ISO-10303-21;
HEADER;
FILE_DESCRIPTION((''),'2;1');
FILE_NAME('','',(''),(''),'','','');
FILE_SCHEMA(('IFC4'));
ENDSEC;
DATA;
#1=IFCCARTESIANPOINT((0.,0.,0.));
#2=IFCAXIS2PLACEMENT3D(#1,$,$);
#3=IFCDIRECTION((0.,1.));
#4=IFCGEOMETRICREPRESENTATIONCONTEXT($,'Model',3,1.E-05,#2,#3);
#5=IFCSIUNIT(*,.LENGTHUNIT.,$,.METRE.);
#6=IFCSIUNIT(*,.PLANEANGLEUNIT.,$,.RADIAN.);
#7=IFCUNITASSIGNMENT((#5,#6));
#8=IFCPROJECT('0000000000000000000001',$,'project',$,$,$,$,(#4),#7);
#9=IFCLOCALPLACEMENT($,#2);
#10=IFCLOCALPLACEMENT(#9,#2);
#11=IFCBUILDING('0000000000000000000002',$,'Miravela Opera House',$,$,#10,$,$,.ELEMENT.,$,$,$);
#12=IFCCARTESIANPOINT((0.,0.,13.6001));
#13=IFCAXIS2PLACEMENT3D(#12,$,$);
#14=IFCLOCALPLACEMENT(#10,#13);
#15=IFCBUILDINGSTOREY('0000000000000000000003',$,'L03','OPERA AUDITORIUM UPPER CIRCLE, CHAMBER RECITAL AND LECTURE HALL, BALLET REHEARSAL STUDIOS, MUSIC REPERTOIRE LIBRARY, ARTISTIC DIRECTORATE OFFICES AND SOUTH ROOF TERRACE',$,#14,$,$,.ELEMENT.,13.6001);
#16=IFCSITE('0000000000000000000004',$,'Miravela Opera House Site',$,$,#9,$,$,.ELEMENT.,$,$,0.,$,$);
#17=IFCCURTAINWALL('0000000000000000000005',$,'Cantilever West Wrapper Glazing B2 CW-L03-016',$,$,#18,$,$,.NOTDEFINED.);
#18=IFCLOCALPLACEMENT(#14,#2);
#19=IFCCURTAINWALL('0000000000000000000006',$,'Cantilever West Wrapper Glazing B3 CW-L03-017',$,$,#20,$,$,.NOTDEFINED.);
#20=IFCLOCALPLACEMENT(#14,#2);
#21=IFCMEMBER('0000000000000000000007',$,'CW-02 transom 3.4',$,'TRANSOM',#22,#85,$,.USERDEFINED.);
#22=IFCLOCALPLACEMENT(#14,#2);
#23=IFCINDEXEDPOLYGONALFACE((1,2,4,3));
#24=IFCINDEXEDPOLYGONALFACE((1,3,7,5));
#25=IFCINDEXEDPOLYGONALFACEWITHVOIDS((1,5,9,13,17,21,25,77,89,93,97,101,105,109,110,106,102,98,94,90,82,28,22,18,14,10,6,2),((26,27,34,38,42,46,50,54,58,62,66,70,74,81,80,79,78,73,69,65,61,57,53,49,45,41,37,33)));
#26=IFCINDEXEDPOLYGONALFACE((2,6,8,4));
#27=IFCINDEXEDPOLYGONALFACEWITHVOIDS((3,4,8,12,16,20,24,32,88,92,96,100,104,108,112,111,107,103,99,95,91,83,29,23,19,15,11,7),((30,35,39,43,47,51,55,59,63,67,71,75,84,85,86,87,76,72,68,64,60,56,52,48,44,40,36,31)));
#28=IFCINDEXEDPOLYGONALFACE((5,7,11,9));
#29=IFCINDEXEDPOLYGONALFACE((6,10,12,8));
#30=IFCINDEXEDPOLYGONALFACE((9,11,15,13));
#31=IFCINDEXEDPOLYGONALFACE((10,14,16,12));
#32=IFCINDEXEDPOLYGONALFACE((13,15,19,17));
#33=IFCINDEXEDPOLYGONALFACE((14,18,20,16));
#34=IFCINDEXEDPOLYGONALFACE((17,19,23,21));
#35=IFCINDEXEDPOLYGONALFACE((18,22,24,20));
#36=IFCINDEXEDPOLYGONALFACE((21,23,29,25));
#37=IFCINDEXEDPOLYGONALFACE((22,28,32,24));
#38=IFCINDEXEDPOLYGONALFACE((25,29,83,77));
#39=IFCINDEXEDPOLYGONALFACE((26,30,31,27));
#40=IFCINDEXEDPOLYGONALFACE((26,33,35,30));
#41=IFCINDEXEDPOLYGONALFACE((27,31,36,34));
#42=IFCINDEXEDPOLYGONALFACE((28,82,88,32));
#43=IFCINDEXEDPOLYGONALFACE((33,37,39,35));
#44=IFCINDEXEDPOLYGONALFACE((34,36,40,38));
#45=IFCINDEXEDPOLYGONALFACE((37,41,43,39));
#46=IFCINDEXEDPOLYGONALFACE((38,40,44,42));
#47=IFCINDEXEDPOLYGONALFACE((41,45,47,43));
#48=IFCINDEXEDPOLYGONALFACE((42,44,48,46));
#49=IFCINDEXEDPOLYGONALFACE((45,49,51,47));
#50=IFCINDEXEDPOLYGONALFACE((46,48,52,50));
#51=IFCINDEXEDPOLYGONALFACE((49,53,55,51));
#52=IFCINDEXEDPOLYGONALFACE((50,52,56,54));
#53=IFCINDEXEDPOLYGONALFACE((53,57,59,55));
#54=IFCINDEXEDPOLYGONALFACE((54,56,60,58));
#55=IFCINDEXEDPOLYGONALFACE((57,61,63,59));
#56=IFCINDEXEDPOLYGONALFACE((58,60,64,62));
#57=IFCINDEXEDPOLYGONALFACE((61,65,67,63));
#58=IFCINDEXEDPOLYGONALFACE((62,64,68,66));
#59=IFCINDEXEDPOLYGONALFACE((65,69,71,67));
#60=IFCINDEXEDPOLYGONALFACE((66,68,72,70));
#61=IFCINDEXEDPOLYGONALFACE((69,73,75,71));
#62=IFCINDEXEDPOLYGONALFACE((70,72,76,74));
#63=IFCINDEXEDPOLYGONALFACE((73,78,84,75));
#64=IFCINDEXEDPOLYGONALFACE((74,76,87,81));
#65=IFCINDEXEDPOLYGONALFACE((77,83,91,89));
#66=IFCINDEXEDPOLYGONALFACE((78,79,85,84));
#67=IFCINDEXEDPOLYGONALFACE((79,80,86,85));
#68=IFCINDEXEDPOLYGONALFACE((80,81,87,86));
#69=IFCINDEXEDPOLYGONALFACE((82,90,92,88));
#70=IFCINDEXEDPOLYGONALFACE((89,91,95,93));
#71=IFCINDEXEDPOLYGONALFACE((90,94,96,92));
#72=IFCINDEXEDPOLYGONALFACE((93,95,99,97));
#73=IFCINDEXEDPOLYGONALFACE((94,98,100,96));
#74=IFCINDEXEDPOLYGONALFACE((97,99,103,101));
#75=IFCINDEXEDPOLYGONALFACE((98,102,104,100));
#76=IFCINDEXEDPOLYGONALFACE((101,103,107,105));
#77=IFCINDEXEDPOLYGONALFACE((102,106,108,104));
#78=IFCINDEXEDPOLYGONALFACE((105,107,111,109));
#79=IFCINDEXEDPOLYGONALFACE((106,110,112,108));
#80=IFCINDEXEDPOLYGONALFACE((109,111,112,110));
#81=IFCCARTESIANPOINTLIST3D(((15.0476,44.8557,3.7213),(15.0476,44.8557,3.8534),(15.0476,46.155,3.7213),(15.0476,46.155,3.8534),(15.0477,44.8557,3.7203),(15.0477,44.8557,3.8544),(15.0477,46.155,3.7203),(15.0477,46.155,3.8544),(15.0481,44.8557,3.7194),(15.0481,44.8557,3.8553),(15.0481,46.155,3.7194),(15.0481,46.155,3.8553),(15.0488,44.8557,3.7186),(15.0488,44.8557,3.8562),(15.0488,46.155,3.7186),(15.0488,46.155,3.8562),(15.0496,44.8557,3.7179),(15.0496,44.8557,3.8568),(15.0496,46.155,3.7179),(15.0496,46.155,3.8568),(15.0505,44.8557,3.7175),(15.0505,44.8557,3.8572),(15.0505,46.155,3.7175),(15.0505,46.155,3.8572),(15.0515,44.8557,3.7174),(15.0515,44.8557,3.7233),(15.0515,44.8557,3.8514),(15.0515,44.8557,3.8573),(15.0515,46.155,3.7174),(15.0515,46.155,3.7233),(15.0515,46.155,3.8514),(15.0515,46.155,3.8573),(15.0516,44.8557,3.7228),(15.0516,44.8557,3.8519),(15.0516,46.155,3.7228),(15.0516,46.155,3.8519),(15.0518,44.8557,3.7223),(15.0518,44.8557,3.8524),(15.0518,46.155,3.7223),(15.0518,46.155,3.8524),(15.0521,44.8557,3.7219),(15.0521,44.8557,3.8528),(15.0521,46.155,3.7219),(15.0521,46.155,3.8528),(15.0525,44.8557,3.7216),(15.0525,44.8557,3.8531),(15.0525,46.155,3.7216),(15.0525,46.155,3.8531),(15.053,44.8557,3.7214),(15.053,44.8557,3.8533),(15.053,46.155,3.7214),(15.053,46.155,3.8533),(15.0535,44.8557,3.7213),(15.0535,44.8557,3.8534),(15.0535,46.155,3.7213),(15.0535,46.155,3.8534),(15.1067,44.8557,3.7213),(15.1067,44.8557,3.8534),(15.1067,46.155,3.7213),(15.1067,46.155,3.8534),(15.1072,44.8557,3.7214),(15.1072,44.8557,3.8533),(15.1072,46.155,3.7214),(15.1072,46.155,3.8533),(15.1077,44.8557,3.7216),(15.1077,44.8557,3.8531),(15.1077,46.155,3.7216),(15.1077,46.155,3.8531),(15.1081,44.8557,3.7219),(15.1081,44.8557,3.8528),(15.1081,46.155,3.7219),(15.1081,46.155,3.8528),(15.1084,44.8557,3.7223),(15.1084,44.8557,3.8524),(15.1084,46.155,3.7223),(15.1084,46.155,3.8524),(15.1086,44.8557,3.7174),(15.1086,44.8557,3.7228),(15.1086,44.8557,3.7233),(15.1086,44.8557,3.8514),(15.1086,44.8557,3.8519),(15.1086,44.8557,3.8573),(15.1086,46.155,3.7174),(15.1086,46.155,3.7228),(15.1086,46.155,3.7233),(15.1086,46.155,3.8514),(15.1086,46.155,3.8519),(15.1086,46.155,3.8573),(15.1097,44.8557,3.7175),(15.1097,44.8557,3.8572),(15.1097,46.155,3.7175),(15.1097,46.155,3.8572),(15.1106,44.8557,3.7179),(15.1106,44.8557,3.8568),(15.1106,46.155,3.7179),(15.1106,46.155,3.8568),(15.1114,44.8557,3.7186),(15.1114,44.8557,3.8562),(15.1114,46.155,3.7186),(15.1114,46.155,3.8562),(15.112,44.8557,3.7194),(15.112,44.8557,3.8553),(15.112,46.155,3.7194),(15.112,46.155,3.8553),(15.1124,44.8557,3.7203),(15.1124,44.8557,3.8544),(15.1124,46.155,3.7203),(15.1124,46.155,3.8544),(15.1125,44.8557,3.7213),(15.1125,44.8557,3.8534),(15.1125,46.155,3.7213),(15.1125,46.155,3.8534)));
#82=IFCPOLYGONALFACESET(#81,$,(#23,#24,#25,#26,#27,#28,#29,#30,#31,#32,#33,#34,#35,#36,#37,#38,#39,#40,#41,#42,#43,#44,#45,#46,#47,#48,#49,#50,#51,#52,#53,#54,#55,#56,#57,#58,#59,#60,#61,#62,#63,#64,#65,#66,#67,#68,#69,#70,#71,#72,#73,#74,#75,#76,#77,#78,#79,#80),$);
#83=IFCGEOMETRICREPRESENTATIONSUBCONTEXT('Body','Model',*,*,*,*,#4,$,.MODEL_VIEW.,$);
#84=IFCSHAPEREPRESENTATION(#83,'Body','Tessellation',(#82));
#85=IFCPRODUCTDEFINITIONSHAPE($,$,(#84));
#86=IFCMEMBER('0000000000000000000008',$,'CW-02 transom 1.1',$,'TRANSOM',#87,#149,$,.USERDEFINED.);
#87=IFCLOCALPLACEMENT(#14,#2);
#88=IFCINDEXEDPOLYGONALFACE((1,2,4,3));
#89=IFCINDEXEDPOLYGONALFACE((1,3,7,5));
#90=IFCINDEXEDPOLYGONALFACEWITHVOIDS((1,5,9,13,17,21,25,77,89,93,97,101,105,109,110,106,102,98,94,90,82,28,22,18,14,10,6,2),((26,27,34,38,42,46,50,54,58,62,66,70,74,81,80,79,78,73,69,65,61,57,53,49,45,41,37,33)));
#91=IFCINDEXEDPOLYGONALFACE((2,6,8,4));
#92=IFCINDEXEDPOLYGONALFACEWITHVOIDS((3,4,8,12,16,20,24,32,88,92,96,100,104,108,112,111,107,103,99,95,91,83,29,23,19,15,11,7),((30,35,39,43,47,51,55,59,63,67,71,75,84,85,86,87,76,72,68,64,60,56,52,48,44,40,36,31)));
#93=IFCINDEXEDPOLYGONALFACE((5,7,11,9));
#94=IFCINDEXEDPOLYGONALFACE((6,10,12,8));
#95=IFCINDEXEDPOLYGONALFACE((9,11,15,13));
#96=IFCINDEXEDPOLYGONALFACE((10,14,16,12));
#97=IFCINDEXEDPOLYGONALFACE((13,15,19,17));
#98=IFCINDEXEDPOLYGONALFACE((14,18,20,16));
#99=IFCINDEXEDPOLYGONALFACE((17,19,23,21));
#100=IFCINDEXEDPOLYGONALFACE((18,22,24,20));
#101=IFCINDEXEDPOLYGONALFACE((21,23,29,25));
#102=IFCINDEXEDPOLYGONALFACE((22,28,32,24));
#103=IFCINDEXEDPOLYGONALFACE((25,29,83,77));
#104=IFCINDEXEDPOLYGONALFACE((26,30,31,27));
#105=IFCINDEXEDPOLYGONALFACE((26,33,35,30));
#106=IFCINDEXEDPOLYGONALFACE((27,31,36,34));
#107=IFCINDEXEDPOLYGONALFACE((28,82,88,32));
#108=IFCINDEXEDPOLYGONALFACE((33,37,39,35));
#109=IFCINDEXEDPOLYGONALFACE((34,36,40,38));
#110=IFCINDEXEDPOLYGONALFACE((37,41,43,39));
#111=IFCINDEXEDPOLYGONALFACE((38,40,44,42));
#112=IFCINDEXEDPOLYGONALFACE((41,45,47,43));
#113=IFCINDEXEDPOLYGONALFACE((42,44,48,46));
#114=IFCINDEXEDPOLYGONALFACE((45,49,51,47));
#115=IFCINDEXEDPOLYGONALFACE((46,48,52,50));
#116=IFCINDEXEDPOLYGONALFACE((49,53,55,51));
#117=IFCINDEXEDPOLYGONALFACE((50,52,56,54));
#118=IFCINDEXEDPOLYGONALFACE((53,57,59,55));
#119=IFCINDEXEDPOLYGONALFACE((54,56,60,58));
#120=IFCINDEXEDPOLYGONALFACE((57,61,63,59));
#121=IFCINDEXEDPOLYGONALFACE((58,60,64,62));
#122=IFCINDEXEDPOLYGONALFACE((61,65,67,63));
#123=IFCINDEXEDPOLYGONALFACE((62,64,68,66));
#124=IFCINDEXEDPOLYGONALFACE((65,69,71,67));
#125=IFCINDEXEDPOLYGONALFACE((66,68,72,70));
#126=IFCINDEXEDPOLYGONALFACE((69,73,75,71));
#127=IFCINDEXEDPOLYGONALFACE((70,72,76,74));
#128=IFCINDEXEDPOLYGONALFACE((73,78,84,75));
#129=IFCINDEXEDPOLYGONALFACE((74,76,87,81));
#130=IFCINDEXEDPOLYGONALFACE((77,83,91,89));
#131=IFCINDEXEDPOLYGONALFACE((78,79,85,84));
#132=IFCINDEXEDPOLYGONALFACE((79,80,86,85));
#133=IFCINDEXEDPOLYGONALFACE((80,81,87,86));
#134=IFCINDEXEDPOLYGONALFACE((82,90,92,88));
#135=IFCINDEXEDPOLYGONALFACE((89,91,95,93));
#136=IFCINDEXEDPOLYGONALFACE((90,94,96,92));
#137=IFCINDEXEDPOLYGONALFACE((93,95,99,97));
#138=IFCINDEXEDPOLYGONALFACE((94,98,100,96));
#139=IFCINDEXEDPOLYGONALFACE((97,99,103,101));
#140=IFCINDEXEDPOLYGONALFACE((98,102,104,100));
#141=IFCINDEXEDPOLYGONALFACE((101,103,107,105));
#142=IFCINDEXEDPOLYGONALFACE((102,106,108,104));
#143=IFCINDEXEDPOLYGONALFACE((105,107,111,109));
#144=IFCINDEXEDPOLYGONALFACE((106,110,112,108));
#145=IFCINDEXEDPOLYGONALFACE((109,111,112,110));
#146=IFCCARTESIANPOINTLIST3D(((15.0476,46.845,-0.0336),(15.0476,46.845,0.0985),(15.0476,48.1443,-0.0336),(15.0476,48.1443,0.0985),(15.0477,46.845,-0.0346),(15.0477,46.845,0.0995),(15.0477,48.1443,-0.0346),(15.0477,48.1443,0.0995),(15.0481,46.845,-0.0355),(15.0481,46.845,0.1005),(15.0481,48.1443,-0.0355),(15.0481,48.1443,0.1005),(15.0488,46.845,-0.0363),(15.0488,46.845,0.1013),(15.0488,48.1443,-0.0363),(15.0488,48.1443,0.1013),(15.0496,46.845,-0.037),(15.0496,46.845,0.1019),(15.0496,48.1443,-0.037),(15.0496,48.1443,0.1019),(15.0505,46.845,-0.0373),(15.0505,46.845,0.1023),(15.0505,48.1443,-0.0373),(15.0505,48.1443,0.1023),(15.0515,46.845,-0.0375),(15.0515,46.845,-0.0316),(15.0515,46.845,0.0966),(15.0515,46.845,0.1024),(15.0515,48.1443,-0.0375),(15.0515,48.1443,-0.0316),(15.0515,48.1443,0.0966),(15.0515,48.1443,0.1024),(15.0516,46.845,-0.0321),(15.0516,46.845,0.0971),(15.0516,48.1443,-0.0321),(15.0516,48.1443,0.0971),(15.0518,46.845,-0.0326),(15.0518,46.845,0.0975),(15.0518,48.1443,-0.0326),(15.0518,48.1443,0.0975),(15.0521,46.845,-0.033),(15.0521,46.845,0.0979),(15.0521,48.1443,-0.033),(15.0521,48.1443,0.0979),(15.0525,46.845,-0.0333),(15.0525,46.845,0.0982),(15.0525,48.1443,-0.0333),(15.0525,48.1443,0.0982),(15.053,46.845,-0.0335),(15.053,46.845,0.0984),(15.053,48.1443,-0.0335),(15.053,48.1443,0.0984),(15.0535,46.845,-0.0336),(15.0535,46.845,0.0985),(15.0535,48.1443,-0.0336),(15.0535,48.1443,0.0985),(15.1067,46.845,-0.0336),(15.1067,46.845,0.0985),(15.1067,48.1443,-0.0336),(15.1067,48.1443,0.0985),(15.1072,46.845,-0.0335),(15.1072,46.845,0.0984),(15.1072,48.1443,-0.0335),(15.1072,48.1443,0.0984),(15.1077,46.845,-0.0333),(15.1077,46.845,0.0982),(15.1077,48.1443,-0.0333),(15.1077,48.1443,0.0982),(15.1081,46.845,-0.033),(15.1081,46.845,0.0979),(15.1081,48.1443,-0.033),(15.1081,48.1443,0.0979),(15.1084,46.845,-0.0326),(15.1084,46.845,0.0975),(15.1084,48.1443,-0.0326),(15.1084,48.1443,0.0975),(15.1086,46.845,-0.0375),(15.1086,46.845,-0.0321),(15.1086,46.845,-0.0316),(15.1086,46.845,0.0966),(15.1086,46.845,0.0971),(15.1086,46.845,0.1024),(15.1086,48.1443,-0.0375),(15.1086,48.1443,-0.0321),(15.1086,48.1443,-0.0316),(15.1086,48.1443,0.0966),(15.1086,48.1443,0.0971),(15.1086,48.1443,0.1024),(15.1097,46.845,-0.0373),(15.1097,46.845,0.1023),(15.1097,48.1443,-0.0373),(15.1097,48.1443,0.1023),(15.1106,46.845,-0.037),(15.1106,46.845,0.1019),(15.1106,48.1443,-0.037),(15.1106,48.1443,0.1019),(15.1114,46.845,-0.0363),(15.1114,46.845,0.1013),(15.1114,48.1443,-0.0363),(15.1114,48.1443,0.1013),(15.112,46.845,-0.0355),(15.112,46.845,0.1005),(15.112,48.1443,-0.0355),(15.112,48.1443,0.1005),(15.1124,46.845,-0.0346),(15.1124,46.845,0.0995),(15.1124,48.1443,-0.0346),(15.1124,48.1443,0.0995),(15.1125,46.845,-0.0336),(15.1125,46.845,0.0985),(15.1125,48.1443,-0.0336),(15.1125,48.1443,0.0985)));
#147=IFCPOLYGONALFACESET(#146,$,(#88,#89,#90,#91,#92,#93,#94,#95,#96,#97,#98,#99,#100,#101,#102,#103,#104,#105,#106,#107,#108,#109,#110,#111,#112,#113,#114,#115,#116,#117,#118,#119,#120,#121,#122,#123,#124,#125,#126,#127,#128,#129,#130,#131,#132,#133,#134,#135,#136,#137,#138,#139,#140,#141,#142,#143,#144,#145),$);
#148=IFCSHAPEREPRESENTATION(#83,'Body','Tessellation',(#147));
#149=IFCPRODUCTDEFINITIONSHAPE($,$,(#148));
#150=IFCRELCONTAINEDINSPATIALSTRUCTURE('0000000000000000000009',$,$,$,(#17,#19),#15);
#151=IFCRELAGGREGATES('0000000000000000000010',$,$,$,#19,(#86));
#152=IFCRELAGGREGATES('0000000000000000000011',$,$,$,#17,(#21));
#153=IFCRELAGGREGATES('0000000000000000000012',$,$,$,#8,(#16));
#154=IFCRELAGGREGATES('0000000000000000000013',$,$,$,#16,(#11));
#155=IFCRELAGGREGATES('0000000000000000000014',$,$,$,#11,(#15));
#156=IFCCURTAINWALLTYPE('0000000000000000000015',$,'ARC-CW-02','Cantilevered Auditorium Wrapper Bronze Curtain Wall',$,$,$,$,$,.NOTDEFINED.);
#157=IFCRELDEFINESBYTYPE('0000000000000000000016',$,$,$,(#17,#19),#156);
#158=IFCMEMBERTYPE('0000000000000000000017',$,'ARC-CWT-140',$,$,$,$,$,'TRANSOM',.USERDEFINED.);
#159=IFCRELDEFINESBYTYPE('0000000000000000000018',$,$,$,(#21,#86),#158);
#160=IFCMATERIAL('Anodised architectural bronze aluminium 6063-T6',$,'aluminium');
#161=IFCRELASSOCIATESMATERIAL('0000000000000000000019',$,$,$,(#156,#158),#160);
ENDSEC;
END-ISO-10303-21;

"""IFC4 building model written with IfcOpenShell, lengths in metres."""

from ifc_helpers import new_model, si_unit, direction, frame, origin, origin_2d, place, context, subcontext, project, spatial, hollow_rectangle, extrude, material, material_profile, profile_set, type_object, element, aggregate, save


model = new_model("IFC4")

# Units and contexts
model_context = context("Model", 3, precision=1e-05, world=origin(), true_north=direction((0.0, 1.0)))
body_context = subcontext(model_context, "Body", "Model", "MODEL_VIEW")
ifc_project = project(units=[si_unit("LENGTHUNIT", "METRE"), si_unit("PLANEANGLEUNIT", "RADIAN")], contexts=[model_context])

# Site, building, storey
site_placement = place(None, origin())
site = spatial("IfcSite", under=ifc_project, at=site_placement, Name="Miravela Opera House Site", CompositionType="ELEMENT", RefElevation=0.0)
building_placement = place(site_placement, origin())
building = spatial("IfcBuilding", under=site, at=building_placement, Name="Miravela Opera House", CompositionType="ELEMENT")
storey_placement = place(building_placement, frame((0.0, 0.0, 13.6001)))
storey = spatial("IfcBuildingStorey", under=building, at=storey_placement, Name="L03", Description="OPERA AUDITORIUM UPPER CIRCLE, CHAMBER RECITAL AND LECTURE HALL, BALLET REHEARSAL STUDIOS, MUSIC REPERTOIRE LIBRARY, ARTISTIC DIRECTORATE OFFICES AND SOUTH ROOF TERRACE", CompositionType="ELEMENT", Elevation=13.6001)

# Curtain wall
ifc_material_1 = material(Name="Anodised architectural bronze aluminium 6063-T6", Category="aluminium")
curtain_wall_type = type_object("IfcCurtainWallType", Name="ARC-CW-02", Description="Cantilevered Auditorium Wrapper Bronze Curtain Wall", PredefinedType="NOTDEFINED", material=ifc_material_1)
curtain_wall_1_placement = place(storey_placement, origin())
curtain_wall_1 = element("IfcCurtainWall", 1, at=curtain_wall_1_placement, inside=storey, type_object=curtain_wall_type, Name="Cantilever West Wrapper Glazing B2 CW-L03-016", PredefinedType="NOTDEFINED")

# Curtain wall
curtain_wall_2_placement = place(storey_placement, origin())
curtain_wall_2 = element("IfcCurtainWall", 2, at=curtain_wall_2_placement, inside=storey, type_object=curtain_wall_type, Name="Cantilever West Wrapper Glazing B3 CW-L03-017", PredefinedType="NOTDEFINED")

# Members
ifc_material_profile_1 = material_profile(ifc_material_1, hollow_rectangle(XDim=0.0649, YDim=0.1399, WallThickness=0.0039, InnerFilletRadius=0.002, OuterFilletRadius=0.0039, at=origin_2d()), Name="CWT-65X140")
ifc_profile_set_1 = profile_set([ifc_material_profile_1])
member_type_1 = type_object("IfcMemberType", Name="ARC-CWT-140", ElementType="TRANSOM", PredefinedType="USERDEFINED", material=ifc_profile_set_1)
member_1_placement = place(storey_placement, frame((15.0801, 44.8557, 3.7874), z_axis=(0.0, 1.0, 0.0), x_axis=(-1.0, 0.0, 0.0)))
member_1 = element("IfcMember", 3, at=member_1_placement, type_object=member_type_1, Name="CW-02 transom 3.4", ObjectType="TRANSOM", PredefinedType="USERDEFINED", context=body_context, shape_type="SweptSolid", body=[
    extrude(hollow_rectangle(XDim=0.0649, YDim=0.1399, WallThickness=0.0039, InnerFilletRadius=0.002, OuterFilletRadius=0.0039, at=origin_2d()), origin(), (0.0, 0.0, 1.0), 1.2993),
])
member_2_placement = place(storey_placement, frame((15.0801, 46.845, 0.0325), z_axis=(0.0, 1.0, 0.0), x_axis=(-1.0, 0.0, 0.0)))
member_2 = element("IfcMember", 4, at=member_2_placement, type_object=member_type_1, Name="CW-02 transom 1.1", ObjectType="TRANSOM", PredefinedType="USERDEFINED", context=body_context, shape_type="SweptSolid", body=[
    extrude(hollow_rectangle(XDim=0.0649, YDim=0.1399, WallThickness=0.0039, InnerFilletRadius=0.002, OuterFilletRadius=0.0039, at=origin_2d()), origin(), (0.0, 0.0, 1.0), 1.2993),
])
aggregate(curtain_wall_2, [member_2])

aggregate(curtain_wall_1, [member_1])

save(model, "model.ifc")
